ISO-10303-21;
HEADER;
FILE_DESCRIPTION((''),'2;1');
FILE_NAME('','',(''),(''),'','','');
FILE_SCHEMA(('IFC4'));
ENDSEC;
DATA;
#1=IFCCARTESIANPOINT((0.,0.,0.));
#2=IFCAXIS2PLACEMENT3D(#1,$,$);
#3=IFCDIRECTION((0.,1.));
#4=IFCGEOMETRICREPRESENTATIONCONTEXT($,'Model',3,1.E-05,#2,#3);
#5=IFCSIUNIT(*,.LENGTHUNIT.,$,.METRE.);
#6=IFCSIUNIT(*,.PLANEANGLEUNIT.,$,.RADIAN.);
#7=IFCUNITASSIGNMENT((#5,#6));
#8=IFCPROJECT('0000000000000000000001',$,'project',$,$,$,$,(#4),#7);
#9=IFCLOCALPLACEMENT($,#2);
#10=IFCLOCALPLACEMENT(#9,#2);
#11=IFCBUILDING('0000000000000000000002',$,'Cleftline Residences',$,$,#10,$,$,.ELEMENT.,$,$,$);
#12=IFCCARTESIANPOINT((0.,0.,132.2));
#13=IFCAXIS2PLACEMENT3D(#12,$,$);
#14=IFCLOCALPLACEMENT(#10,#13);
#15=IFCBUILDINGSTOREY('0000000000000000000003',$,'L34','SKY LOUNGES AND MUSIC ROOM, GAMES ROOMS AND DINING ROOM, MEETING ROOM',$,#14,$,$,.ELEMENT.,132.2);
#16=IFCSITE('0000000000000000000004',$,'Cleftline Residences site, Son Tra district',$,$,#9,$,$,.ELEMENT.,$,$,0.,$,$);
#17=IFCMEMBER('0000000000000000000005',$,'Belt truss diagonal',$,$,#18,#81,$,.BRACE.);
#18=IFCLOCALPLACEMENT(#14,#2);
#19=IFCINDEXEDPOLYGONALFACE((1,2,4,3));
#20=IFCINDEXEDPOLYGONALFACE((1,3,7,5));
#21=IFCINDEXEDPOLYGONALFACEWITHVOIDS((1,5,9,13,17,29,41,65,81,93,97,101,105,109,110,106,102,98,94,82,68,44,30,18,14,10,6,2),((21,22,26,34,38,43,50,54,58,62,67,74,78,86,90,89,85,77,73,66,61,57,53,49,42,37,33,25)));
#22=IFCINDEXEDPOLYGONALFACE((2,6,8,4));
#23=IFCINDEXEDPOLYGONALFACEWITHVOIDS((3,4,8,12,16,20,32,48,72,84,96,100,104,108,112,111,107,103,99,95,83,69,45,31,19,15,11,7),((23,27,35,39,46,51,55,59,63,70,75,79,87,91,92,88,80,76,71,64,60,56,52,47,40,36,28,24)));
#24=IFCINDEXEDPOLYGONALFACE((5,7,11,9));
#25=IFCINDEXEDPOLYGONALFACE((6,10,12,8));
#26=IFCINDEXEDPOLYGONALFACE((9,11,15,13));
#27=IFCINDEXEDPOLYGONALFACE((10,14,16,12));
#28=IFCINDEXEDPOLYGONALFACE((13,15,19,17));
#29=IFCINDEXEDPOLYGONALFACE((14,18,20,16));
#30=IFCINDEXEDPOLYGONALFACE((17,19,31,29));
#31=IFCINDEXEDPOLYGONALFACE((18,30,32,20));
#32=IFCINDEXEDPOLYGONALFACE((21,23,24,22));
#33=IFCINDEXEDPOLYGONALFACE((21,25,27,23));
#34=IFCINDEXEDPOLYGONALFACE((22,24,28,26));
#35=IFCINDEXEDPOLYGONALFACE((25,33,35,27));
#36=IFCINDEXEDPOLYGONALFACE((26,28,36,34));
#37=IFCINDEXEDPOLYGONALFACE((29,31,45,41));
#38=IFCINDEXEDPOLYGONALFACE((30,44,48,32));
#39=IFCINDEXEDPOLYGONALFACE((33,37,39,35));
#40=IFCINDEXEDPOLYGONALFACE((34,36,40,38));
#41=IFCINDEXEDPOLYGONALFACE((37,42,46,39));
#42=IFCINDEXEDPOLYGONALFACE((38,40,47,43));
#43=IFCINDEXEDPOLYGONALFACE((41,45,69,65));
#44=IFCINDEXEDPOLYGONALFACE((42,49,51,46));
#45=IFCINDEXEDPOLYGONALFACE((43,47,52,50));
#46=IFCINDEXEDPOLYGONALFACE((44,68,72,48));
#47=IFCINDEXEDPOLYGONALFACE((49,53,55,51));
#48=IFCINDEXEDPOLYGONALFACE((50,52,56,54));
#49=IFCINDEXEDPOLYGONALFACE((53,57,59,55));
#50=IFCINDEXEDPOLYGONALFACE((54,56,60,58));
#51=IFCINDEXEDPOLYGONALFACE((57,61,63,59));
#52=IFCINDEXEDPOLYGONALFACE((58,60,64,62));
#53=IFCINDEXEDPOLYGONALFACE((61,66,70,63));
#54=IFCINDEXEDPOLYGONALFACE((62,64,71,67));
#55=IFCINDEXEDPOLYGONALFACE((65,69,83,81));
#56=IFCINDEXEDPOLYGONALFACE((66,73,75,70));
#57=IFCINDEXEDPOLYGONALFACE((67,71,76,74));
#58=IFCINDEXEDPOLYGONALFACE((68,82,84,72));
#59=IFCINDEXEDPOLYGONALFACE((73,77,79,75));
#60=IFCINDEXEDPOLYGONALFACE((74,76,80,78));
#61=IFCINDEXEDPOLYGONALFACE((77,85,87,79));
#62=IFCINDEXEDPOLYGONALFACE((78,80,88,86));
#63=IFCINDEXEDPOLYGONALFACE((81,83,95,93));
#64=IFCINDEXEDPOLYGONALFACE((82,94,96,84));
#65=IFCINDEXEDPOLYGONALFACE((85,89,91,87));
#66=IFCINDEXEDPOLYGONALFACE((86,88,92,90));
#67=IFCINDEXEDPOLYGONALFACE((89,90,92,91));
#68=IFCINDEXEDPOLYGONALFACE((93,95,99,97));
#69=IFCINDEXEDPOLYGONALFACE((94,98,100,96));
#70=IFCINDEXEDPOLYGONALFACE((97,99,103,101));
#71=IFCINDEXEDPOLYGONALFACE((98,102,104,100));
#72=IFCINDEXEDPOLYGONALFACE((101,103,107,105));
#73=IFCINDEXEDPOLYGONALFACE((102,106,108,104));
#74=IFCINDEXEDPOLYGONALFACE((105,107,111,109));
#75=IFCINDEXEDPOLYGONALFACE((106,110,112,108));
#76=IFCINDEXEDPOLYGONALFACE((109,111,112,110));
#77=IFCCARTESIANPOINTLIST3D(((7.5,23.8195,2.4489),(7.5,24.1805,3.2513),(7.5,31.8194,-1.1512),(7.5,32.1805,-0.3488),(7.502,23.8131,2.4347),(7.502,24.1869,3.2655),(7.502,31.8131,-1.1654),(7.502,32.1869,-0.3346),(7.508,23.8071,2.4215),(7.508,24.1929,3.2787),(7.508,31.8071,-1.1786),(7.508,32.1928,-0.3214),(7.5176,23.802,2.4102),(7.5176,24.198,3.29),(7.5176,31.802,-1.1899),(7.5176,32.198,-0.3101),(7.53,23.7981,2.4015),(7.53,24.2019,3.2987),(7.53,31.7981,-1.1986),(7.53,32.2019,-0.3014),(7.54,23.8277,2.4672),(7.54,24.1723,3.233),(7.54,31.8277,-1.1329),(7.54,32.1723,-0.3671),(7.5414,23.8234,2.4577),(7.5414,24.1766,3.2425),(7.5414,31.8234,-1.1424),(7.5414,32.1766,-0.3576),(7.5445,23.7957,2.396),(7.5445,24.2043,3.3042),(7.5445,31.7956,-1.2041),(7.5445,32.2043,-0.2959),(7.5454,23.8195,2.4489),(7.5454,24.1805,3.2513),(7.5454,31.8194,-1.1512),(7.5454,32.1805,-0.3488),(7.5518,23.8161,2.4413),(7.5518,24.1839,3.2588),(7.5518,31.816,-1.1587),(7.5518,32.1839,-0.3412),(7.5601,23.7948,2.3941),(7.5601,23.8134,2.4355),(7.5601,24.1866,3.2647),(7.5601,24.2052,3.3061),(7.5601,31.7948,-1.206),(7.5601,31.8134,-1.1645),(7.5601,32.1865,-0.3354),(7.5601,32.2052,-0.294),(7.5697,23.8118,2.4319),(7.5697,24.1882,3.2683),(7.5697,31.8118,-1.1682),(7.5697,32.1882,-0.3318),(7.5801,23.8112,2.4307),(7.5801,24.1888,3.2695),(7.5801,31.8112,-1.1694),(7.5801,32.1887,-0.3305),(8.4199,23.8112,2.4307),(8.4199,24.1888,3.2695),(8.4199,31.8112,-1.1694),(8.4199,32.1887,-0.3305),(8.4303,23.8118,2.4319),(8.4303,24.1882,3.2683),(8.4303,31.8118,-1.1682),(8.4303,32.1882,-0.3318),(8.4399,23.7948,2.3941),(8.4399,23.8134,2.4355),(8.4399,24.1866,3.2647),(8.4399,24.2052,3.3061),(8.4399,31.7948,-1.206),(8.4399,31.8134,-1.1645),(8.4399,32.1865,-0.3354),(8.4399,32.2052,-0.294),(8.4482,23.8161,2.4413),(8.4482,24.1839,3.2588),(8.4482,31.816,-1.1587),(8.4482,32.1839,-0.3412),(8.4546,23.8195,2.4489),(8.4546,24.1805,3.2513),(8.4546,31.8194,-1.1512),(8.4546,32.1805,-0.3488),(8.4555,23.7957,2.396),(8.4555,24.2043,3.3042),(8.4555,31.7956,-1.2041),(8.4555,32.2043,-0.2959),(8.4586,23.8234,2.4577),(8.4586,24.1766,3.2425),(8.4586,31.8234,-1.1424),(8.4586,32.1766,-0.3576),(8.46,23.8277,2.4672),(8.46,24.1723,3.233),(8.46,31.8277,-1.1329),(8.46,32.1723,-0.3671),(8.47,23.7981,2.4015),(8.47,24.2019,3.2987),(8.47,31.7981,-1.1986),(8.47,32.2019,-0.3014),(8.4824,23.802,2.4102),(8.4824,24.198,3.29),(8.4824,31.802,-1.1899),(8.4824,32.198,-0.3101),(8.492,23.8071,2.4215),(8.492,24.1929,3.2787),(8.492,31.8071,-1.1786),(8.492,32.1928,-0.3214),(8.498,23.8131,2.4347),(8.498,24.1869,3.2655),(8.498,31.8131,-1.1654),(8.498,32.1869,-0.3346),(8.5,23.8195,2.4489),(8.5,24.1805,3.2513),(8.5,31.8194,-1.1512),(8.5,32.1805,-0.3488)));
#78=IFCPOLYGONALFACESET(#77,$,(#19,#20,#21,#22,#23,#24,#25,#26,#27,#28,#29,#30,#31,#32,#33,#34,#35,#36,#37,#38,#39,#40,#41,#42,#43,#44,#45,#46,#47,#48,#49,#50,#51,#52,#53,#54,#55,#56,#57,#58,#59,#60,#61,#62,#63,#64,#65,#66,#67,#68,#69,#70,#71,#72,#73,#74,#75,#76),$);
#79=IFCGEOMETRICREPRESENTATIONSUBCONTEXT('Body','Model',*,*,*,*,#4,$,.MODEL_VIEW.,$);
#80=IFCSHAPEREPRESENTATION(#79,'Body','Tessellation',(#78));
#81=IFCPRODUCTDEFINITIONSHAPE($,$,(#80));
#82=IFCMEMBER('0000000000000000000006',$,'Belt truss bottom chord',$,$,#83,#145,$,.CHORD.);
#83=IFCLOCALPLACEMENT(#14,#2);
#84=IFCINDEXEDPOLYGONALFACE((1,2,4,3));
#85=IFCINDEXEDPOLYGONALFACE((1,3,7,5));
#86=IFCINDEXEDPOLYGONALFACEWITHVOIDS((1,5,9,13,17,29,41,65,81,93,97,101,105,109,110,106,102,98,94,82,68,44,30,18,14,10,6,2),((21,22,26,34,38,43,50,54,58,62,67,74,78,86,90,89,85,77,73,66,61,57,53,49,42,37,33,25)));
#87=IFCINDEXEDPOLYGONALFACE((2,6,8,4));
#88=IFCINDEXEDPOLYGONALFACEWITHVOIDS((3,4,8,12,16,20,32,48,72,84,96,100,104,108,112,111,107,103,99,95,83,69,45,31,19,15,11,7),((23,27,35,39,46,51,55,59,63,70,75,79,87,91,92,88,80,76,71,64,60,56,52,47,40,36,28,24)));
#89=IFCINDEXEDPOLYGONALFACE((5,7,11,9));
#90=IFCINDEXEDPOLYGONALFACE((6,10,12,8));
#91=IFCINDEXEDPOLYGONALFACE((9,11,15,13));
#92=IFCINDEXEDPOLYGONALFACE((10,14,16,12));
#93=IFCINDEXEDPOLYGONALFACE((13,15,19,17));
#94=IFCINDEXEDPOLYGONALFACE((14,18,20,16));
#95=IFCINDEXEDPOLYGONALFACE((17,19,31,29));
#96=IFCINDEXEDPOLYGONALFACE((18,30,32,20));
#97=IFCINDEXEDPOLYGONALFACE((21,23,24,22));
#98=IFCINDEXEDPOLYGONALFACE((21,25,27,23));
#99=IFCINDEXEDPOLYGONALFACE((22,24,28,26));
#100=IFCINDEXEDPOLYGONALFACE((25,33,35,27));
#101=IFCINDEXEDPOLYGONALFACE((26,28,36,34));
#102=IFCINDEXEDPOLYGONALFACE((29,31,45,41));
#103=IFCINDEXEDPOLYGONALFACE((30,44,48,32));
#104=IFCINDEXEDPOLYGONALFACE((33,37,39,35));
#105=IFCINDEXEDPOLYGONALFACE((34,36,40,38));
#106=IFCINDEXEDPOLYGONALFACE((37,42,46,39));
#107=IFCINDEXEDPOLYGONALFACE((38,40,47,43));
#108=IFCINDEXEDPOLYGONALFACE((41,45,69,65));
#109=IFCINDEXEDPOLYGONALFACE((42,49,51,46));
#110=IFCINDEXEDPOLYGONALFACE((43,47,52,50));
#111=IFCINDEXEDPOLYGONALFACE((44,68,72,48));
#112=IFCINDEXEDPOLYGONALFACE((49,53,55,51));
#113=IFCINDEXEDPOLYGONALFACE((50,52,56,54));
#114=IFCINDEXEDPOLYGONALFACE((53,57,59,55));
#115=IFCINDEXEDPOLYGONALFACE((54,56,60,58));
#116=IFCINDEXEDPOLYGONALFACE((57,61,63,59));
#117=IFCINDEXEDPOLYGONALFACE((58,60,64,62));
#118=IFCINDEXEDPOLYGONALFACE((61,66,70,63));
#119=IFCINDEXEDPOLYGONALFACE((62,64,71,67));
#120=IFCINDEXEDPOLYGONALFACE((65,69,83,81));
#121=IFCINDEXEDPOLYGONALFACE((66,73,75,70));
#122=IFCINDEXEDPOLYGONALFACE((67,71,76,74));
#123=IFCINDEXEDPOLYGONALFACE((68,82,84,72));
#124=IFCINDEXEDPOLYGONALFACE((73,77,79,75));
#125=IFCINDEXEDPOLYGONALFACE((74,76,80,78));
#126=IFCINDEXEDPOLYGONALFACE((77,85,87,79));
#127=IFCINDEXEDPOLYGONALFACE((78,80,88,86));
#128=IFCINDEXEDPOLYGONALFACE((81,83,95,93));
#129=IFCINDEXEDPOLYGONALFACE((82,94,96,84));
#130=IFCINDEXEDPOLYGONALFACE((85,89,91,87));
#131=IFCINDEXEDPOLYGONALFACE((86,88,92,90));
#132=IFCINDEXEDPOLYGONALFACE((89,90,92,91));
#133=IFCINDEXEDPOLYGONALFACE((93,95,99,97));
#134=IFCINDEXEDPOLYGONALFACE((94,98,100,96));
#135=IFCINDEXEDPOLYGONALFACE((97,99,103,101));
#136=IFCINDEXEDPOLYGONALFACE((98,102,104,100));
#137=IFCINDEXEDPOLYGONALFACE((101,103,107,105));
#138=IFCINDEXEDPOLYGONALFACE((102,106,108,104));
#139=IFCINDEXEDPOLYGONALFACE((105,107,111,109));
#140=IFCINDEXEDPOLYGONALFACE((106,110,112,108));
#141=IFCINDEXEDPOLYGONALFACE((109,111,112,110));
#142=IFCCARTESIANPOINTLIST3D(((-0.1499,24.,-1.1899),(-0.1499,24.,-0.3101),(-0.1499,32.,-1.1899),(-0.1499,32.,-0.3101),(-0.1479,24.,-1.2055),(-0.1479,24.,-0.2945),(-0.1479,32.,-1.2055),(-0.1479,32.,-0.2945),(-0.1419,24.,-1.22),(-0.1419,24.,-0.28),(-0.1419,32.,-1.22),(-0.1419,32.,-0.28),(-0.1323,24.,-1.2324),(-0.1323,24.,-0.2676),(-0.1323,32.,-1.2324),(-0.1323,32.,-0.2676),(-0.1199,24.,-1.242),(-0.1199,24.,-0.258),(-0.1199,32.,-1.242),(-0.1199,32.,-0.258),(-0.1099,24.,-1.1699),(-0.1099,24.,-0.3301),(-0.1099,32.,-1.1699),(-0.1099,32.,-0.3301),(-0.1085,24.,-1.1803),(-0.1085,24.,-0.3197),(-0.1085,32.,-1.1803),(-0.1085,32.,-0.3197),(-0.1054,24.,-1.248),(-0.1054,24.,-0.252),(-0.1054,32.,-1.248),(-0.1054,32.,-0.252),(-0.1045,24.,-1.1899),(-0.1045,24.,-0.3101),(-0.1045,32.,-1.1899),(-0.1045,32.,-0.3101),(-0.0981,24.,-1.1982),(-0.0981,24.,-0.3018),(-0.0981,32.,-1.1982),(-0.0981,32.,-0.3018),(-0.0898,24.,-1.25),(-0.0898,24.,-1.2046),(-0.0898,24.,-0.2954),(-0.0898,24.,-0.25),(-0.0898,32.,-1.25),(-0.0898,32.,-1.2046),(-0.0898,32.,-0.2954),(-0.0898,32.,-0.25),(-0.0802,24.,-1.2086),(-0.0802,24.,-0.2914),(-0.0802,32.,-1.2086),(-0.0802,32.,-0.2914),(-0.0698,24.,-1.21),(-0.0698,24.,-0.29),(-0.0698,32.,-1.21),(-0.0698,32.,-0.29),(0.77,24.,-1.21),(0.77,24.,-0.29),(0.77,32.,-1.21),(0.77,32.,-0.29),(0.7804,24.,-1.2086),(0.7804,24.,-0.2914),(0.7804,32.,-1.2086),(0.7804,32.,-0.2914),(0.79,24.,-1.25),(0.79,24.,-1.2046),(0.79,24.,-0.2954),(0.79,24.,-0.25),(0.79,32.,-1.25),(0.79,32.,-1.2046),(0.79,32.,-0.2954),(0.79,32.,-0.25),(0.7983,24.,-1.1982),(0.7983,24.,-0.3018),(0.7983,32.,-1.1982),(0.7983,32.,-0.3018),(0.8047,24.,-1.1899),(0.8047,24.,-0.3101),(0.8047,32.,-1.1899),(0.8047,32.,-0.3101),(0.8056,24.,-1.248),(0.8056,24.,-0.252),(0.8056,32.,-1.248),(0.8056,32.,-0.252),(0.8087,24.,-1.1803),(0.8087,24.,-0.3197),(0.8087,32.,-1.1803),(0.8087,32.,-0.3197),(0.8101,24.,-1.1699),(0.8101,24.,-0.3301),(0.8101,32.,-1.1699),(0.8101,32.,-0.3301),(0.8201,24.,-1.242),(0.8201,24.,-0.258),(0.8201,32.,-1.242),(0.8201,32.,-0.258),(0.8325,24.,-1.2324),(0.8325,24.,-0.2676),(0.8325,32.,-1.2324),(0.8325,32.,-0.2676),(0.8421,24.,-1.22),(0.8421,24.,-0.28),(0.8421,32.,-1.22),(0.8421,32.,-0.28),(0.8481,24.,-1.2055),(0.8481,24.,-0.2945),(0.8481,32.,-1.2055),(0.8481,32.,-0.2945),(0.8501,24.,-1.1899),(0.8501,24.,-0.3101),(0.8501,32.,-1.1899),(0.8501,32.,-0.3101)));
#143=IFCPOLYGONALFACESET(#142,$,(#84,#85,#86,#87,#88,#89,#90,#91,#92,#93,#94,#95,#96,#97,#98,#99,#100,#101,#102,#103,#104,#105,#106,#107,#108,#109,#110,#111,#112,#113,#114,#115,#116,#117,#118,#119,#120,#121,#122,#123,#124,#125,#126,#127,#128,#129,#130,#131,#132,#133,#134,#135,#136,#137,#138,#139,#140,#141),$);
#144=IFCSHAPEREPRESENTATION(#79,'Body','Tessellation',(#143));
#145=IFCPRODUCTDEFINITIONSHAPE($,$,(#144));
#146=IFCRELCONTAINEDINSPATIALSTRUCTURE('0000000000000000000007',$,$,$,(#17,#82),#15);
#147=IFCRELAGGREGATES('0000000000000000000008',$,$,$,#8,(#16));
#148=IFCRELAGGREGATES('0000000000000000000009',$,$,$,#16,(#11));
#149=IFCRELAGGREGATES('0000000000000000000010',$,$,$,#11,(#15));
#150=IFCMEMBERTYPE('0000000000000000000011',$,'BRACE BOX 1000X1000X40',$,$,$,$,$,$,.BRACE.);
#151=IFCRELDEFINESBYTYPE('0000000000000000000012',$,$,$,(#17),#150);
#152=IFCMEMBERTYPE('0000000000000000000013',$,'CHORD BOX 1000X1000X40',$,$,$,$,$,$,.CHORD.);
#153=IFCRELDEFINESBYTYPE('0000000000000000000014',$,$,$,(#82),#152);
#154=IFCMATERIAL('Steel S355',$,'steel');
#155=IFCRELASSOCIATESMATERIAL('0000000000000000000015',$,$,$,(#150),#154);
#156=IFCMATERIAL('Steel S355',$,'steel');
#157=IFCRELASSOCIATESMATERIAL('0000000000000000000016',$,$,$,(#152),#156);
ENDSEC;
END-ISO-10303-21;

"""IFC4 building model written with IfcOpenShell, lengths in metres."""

from ifc_helpers import new_model, si_unit, direction, frame, origin, origin_2d, place, context, subcontext, project, spatial, hollow_rectangle, extrude, material, material_profile, profile_set, type_object, element, save


model = new_model("IFC4")

# Units and contexts
model_context = context("Model", 3, precision=1e-05, world=origin(), true_north=direction((0.0, 1.0)))
body_context = subcontext(model_context, "Body", "Model", "MODEL_VIEW")
ifc_project = project(units=[si_unit("LENGTHUNIT", "METRE"), si_unit("PLANEANGLEUNIT", "RADIAN")], contexts=[model_context])

# Site, building, storey
site_placement = place(None, origin())
site = spatial("IfcSite", under=ifc_project, at=site_placement, Name="Cleftline Residences site, Son Tra district", CompositionType="ELEMENT", RefElevation=0.0)
building_placement = place(site_placement, origin())
building = spatial("IfcBuilding", under=site, at=building_placement, Name="Cleftline Residences", CompositionType="ELEMENT")
storey_placement = place(building_placement, frame((0.0, 0.0, 132.2)))
storey = spatial("IfcBuildingStorey", under=building, at=storey_placement, Name="L34", Description="SKY LOUNGES AND MUSIC ROOM, GAMES ROOMS AND DINING ROOM, MEETING ROOM", CompositionType="ELEMENT", Elevation=132.2)

# Members
ifc_material_1 = material(Name="Steel S355", Category="steel")
ifc_material_profile_1 = material_profile(ifc_material_1, hollow_rectangle(XDim=1.0, YDim=1.0, WallThickness=0.04, InnerFilletRadius=0.04, OuterFilletRadius=0.0601, at=origin_2d()))
ifc_profile_set_1 = profile_set([ifc_material_profile_1], Name="Steel S355")
member_type_1 = type_object("IfcMemberType", Name="BRACE BOX 1000X1000X40", PredefinedType="BRACE", material=ifc_profile_set_1)
for number, where, z_axis, x_axis, name in (
    (1, (8.0, 24.0, 2.8501), (0.0, 0.911917, -0.410374), (0.0, 0.410374, 0.911917), "Belt truss diagonal"),
):
    element("IfcMember", number, at=place(storey_placement, frame(where, z_axis=z_axis, x_axis=x_axis)), inside=storey, type_object=member_type_1, Name=name, PredefinedType="BRACE", context=body_context, shape_type="SweptSolid", body=[
        extrude(hollow_rectangle(XDim=1.0, YDim=1.0, WallThickness=0.04, InnerFilletRadius=0.04, OuterFilletRadius=0.0601, at=origin_2d()), origin(), (0.0, 0.0, 1.0), 8.7727),
    ])
ifc_material_2 = material(Name="Steel S355", Category="steel")
ifc_material_profile_2 = material_profile(ifc_material_2, hollow_rectangle(XDim=1.0, YDim=1.0, WallThickness=0.04, InnerFilletRadius=0.04, OuterFilletRadius=0.0601, at=origin_2d()))
ifc_profile_set_2 = profile_set([ifc_material_profile_2], Name="Steel S355")
member_type_2 = type_object("IfcMemberType", Name="CHORD BOX 1000X1000X40", PredefinedType="CHORD", material=ifc_profile_set_2)
for number, where, z_axis, x_axis, name in (
    (2, (0.3501, 24.0, -0.75), (0.0, 1.0, 0.0), (-1.0, 0.0, 0.0), "Belt truss bottom chord"),
):
    element("IfcMember", number, at=place(storey_placement, frame(where, z_axis=z_axis, x_axis=x_axis)), inside=storey, type_object=member_type_2, Name=name, PredefinedType="CHORD", context=body_context, shape_type="SweptSolid", body=[
        extrude(hollow_rectangle(XDim=1.0, YDim=1.0, WallThickness=0.04, InnerFilletRadius=0.04, OuterFilletRadius=0.0601, at=origin_2d()), origin(), (0.0, 0.0, 1.0), 8.0),
    ])

save(model, "model.ifc")
